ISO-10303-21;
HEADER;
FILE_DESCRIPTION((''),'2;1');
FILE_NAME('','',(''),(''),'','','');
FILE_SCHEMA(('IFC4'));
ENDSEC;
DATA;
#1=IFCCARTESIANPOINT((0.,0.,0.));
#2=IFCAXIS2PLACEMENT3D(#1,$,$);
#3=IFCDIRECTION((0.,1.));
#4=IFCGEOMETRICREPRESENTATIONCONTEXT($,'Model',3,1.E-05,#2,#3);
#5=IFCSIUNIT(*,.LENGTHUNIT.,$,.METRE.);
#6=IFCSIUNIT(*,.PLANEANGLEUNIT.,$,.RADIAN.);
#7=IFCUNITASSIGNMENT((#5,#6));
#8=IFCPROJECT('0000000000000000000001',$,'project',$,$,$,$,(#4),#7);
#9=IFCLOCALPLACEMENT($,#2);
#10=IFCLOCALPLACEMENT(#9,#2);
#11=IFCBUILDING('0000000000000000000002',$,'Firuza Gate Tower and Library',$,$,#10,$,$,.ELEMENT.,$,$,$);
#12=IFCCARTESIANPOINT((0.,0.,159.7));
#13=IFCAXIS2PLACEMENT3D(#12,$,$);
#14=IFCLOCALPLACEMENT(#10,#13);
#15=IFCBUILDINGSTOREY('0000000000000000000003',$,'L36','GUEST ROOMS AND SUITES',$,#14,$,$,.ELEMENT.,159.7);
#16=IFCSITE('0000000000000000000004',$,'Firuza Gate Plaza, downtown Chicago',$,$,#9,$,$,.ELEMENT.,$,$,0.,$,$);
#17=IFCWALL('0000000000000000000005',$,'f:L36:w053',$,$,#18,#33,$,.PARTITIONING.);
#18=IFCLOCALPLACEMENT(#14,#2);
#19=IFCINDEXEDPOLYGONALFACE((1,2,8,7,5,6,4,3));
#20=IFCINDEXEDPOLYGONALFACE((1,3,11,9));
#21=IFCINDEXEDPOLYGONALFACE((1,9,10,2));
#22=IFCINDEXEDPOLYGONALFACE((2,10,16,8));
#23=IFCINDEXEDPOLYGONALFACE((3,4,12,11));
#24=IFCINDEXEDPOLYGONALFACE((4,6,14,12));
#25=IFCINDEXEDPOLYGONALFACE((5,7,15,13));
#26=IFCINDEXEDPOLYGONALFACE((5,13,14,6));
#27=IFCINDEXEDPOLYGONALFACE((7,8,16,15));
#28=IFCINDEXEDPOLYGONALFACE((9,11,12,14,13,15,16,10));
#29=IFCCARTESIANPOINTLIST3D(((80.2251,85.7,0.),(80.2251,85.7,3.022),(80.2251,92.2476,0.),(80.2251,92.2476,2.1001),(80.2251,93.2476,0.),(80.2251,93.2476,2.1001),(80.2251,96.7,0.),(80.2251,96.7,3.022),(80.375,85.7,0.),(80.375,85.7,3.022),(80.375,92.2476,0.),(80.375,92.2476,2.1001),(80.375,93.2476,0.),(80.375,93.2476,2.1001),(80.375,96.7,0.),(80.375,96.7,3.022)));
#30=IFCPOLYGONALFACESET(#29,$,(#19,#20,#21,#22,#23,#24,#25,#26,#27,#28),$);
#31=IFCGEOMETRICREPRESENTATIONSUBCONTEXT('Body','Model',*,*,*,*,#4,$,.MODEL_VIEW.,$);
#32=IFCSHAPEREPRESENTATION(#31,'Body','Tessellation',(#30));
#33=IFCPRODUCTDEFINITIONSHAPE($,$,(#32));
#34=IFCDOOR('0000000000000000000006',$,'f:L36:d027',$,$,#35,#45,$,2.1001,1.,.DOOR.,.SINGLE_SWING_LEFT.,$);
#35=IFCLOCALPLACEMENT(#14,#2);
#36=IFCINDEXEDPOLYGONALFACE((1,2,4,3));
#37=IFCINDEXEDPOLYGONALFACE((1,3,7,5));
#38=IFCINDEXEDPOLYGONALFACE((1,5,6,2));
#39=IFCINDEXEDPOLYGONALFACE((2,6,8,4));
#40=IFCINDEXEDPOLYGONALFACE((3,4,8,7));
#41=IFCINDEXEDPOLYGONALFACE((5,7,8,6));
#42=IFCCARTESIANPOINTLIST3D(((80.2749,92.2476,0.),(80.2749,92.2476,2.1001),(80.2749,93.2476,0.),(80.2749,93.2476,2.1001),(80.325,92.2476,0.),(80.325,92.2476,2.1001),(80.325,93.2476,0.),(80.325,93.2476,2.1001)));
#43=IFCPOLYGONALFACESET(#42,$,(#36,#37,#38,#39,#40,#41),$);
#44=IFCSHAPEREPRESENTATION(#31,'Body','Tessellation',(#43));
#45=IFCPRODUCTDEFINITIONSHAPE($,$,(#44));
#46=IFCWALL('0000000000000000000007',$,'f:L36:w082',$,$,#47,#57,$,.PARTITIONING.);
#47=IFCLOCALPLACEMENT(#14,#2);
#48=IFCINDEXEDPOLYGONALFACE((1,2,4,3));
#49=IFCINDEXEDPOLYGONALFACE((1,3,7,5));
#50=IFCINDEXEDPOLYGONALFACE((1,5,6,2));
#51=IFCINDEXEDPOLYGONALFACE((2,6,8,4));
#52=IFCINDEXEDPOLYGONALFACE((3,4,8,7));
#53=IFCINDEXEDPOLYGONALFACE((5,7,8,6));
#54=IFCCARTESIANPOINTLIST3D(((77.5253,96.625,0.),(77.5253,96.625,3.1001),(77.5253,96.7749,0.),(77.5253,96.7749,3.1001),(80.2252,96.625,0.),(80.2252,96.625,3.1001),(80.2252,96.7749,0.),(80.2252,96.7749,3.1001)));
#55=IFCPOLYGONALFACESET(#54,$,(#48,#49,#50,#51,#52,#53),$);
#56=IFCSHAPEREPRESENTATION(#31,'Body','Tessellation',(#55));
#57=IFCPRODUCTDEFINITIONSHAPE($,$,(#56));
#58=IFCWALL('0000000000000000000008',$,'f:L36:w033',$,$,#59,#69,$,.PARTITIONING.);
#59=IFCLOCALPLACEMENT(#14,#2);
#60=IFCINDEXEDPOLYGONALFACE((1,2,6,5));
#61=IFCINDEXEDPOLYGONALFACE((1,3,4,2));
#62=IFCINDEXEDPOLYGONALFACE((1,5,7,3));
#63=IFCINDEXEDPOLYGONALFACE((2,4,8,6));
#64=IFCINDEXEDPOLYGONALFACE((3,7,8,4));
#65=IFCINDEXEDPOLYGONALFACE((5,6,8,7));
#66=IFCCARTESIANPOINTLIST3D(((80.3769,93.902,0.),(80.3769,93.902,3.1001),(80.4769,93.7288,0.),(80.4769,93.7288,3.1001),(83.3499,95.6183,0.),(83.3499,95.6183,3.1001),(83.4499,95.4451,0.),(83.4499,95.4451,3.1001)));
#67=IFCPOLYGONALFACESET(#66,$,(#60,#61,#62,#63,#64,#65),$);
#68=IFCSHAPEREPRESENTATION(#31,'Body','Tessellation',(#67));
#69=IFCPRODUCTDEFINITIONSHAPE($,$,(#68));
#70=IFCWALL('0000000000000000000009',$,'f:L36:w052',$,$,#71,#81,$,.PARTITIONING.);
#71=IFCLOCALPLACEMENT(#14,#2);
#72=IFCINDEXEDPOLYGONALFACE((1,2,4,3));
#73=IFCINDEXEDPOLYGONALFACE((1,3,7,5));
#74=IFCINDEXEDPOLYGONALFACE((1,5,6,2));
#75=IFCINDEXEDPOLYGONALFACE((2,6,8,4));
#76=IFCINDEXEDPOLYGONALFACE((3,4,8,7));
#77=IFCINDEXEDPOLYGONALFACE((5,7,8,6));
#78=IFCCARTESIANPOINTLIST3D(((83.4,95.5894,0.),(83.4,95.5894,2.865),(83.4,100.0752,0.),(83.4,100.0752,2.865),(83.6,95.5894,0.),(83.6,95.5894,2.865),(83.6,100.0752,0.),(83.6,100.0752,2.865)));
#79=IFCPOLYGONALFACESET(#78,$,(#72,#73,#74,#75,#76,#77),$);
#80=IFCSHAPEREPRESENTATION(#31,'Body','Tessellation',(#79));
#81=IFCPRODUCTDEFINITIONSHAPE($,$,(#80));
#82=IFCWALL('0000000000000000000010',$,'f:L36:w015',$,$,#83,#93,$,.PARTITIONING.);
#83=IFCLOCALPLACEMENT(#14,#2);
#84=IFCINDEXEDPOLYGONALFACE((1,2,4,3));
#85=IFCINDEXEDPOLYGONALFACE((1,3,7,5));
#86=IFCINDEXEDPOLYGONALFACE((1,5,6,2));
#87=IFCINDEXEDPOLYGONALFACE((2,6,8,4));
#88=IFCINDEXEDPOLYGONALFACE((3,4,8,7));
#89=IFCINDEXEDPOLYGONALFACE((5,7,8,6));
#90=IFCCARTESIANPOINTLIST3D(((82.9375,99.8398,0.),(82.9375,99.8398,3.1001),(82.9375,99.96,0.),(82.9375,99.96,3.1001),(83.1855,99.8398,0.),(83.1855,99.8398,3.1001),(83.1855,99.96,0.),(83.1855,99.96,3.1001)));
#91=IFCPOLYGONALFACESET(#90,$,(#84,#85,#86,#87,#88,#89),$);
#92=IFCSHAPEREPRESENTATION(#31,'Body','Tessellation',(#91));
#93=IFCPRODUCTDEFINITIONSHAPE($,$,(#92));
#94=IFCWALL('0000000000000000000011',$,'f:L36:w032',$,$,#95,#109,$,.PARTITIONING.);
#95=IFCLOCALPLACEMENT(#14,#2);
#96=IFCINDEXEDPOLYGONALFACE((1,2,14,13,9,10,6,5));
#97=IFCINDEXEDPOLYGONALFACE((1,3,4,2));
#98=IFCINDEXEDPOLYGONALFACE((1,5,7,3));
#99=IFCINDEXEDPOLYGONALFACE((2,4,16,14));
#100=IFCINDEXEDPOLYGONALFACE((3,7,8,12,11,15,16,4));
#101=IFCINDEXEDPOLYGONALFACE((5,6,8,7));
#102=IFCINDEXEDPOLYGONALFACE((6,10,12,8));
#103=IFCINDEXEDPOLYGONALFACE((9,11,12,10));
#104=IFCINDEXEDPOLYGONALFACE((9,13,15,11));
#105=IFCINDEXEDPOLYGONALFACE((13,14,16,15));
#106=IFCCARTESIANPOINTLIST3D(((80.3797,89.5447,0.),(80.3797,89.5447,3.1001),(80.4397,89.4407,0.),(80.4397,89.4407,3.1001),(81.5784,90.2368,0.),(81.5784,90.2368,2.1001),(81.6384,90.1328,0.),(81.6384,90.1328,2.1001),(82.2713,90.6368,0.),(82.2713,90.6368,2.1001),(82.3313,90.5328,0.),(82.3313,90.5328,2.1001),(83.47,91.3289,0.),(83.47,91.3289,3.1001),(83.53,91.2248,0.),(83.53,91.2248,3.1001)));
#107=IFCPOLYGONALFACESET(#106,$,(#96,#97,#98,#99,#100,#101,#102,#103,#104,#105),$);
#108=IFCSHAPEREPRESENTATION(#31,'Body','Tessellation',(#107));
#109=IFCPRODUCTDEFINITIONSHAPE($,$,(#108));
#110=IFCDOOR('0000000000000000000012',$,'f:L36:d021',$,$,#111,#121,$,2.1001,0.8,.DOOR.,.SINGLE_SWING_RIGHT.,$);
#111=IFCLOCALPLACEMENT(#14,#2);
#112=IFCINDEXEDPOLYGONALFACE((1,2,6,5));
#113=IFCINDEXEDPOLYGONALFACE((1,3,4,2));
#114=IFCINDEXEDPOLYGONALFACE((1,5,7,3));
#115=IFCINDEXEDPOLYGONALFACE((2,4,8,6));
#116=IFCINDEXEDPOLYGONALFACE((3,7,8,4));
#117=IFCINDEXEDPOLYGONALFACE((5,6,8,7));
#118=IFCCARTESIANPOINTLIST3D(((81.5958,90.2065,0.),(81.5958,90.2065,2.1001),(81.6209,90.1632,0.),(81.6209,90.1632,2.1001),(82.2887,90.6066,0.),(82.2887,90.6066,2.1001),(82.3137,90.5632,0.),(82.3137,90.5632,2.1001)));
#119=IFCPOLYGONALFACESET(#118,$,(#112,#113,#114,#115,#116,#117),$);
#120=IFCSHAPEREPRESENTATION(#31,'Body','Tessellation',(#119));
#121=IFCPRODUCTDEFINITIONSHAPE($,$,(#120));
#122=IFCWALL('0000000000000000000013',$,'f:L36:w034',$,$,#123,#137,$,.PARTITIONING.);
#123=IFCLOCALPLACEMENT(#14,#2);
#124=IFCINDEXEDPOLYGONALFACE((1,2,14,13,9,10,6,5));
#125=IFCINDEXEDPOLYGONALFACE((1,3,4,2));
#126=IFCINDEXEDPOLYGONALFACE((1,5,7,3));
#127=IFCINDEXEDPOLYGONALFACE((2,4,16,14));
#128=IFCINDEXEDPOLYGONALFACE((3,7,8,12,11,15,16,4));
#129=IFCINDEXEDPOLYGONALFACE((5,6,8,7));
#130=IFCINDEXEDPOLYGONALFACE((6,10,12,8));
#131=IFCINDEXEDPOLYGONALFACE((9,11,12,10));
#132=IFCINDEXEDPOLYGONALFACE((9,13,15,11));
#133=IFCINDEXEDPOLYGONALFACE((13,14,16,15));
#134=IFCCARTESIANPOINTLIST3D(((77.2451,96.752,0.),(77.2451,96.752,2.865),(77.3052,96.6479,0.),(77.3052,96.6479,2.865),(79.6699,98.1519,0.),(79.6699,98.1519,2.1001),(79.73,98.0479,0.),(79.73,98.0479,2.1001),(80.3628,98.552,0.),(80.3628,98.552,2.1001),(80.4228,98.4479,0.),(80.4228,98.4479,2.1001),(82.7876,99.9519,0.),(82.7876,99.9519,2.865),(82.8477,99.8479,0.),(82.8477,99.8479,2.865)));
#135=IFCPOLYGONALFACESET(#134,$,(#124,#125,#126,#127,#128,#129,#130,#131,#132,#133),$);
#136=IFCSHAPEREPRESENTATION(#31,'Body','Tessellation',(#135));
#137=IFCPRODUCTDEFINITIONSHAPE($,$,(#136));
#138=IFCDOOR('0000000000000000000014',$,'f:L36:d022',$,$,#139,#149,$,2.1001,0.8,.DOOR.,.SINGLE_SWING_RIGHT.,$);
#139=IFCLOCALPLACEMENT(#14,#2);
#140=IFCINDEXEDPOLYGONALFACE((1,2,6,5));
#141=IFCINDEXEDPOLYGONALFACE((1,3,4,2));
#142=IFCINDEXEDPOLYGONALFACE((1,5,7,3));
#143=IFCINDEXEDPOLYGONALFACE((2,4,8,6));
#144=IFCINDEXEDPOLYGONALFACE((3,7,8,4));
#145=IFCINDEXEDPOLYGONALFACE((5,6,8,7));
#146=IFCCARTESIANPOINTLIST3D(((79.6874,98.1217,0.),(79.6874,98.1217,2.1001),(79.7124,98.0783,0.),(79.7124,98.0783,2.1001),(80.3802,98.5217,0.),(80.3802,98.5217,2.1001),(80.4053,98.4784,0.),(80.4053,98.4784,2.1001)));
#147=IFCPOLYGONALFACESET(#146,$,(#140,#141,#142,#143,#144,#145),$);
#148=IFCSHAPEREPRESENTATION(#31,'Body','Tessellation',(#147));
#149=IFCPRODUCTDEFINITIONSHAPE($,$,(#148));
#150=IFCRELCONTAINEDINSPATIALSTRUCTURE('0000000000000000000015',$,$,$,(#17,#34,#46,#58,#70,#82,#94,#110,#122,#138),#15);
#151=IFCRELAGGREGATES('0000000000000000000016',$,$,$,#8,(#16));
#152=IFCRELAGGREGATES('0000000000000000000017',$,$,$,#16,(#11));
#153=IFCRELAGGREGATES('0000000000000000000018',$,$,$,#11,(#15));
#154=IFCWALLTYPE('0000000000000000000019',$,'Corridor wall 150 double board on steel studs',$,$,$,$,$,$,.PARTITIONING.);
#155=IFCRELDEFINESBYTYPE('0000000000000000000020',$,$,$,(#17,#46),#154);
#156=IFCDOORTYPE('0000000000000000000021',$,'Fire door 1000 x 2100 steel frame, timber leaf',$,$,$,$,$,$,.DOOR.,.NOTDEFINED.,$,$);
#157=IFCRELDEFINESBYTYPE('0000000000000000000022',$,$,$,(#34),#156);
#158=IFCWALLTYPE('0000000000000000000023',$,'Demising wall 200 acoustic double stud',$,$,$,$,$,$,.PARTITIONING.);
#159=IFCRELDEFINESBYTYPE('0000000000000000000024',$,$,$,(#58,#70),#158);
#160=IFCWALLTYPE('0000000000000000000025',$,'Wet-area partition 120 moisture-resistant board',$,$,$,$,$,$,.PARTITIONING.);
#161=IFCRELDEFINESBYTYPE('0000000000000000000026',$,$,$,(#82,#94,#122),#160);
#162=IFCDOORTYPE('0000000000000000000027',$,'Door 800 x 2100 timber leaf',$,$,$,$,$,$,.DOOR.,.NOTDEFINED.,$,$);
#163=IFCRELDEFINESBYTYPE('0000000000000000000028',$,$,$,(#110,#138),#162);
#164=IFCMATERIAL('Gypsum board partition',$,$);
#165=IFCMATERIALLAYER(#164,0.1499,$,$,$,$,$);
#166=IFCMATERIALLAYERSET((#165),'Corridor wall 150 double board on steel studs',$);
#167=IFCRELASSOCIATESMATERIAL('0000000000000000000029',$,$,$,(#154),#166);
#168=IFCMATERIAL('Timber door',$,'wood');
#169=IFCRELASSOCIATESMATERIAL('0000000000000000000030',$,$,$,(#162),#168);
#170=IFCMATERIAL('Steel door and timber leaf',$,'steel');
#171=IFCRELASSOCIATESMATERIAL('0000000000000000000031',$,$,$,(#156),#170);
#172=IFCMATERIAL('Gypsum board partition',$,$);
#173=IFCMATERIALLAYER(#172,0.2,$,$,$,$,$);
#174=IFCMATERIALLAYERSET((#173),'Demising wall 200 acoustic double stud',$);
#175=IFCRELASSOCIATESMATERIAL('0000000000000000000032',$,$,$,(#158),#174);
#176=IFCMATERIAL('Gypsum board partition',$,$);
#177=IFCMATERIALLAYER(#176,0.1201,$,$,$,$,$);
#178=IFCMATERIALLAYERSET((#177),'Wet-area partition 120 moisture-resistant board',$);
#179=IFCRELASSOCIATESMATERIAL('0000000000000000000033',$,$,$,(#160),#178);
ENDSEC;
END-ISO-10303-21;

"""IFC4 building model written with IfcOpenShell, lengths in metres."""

from ifc_helpers import new_model, si_unit, direction, frame, frame_2d, origin, place, context, subcontext, project, spatial, rectangle, extrude, material, layer, layer_set, type_object, element, fill, save


model = new_model("IFC4")

# Units and contexts
model_context = context("Model", 3, precision=1e-05, world=origin(), true_north=direction((0.0, 1.0)))
body_context = subcontext(model_context, "Body", "Model", "MODEL_VIEW")
ifc_project = project(units=[si_unit("LENGTHUNIT", "METRE"), si_unit("PLANEANGLEUNIT", "RADIAN")], contexts=[model_context])

# Site, building, storey
site_placement = place(None, origin())
site = spatial("IfcSite", under=ifc_project, at=site_placement, Name="Firuza Gate Plaza, downtown Chicago", CompositionType="ELEMENT", RefElevation=0.0)
building_placement = place(site_placement, origin())
building = spatial("IfcBuilding", under=site, at=building_placement, Name="Firuza Gate Tower and Library", CompositionType="ELEMENT")
storey_placement = place(building_placement, frame((0.0, 0.0, 159.7)))
storey = spatial("IfcBuildingStorey", under=building, at=storey_placement, Name="L36", Description="GUEST ROOMS AND SUITES", CompositionType="ELEMENT", Elevation=159.7)

# Wall, opening, door
ifc_material_1 = material(Name="Gypsum board partition")
ifc_layer_1 = layer(ifc_material_1, 0.1499)
ifc_layer_set_1 = layer_set([ifc_layer_1], Name="Corridor wall 150 double board on steel studs")
wall_type_1 = type_object("IfcWallType", Name="Corridor wall 150 double board on steel studs", PredefinedType="PARTITIONING", material=ifc_layer_set_1)
ifc_material_2 = material(Name="Timber door", Category="wood")
door_type_1 = type_object("IfcDoorType", Name="Door 800 x 2100 timber leaf", OperationType="NOTDEFINED", PredefinedType="DOOR", material=ifc_material_2)
wall_1_placement = place(storey_placement, frame((80.3, 96.7, 0.0), z_axis=(0.0, 0.0, 1.0), x_axis=(0.0, -1.0, 0.0)))
wall_1 = element("IfcWall", 1, at=wall_1_placement, inside=storey, type_object=wall_type_1, Name="f:L36:w053", PredefinedType="PARTITIONING", context=body_context, shape_type="SweptSolid", body=[
    extrude(rectangle(XDim=11.0, YDim=0.1499, at=frame_2d((5.5, 0.0))), origin(), (0.0, 0.0, 1.0), 3.022),
])
opening_1_placement = place(wall_1_placement, frame((3.4524, 0.0, 0.0)))
opening_1 = element("IfcOpeningElement", 2, at=opening_1_placement, cuts=wall_1, PredefinedType="OPENING", context=body_context, shape_type="SweptSolid", body=[
    extrude(rectangle(XDim=1.0, YDim=2.1001, at=frame_2d((0.5, 1.05))), frame((0.0, 0.085, 0.0), z_axis=(0.0, -1.0, 0.0), x_axis=(1.0, 0.0, 0.0)), (0.0, 0.0, 1.0), 0.1699),
])
ifc_material_3 = material(Name="Steel door and timber leaf", Category="steel")
door_type_2 = type_object("IfcDoorType", Name="Fire door 1000 x 2100 steel frame, timber leaf", OperationType="NOTDEFINED", PredefinedType="DOOR", material=ifc_material_3)
door_1_placement = place(opening_1_placement, origin())
door_1 = element("IfcDoor", 3, at=door_1_placement, inside=storey, type_object=door_type_2, Name="f:L36:d027", OperationType="SINGLE_SWING_LEFT", OverallHeight=2.1001, OverallWidth=1.0, PredefinedType="DOOR", context=body_context, shape_type="SweptSolid", body=[
    extrude(rectangle(XDim=1.0, YDim=2.1001, at=frame_2d((0.5, 1.05))), frame((0.0, 0.0249, 0.0), z_axis=(0.0, -1.0, 0.0), x_axis=(1.0, 0.0, 0.0)), (0.0, 0.0, 1.0), 0.05),
])
fill(opening_1, door_1)

# Walls
wall_2_placement = place(storey_placement, frame((77.5251, 96.7, 0.0), z_axis=(0.0, 0.0, 1.0), x_axis=(1.0, 0.0, 0.0)))
element("IfcWall", 4, at=wall_2_placement, inside=storey, type_object=wall_type_1, Name="f:L36:w082", PredefinedType="PARTITIONING", context=body_context, shape_type="SweptSolid", body=[
    extrude(rectangle(XDim=2.7, YDim=0.1499, at=frame_2d((1.3501, 0.0))), origin(), (0.0, 0.0, 1.0), 3.1001),
])
ifc_material_4 = material(Name="Gypsum board partition")
ifc_layer_2 = layer(ifc_material_4, 0.2)
ifc_layer_set_2 = layer_set([ifc_layer_2], Name="Demising wall 200 acoustic double stud")
wall_type_2 = type_object("IfcWallType", Name="Demising wall 200 acoustic double stud", PredefinedType="PARTITIONING", material=ifc_layer_set_2)
wall_3_placement = place(storey_placement, frame((80.427, 93.8154, 0.0), z_axis=(0.0, 0.0, 1.0), x_axis=(0.866038, 0.499979, 0.0)))
element("IfcWall", 5, at=wall_3_placement, inside=storey, type_object=wall_type_2, Name="f:L36:w033", PredefinedType="PARTITIONING", context=body_context, shape_type="SweptSolid", body=[
    extrude(rectangle(XDim=3.4329, YDim=0.2, at=frame_2d((1.7163, 0.0))), origin(), (0.0, 0.0, 1.0), 3.1001),
])
wall_4_placement = place(storey_placement, frame((83.5, 95.5894, 0.0), z_axis=(0.0, 0.0, 1.0), x_axis=(0.0, 1.0, 0.0)))
element("IfcWall", 6, at=wall_4_placement, inside=storey, type_object=wall_type_2, Name="f:L36:w052", PredefinedType="PARTITIONING", context=body_context, shape_type="SweptSolid", body=[
    extrude(rectangle(XDim=4.4858, YDim=0.2, at=frame_2d((2.2429, 0.0))), origin(), (0.0, 0.0, 1.0), 2.865),
])
ifc_material_5 = material(Name="Gypsum board partition")
ifc_layer_3 = layer(ifc_material_5, 0.1201)
ifc_layer_set_3 = layer_set([ifc_layer_3], Name="Wet-area partition 120 moisture-resistant board")
wall_type_3 = type_object("IfcWallType", Name="Wet-area partition 120 moisture-resistant board", PredefinedType="PARTITIONING", material=ifc_layer_set_3)
wall_5_placement = place(storey_placement, frame((82.9375, 99.8999, 0.0), z_axis=(0.0, 0.0, 1.0), x_axis=(1.0, 0.0, 0.0)))
element("IfcWall", 7, at=wall_5_placement, inside=storey, type_object=wall_type_3, Name="f:L36:w015", PredefinedType="PARTITIONING", context=body_context, shape_type="SweptSolid", body=[
    extrude(rectangle(XDim=0.248, YDim=0.1201, at=frame_2d((0.124, 0.0))), origin(), (0.0, 0.0, 1.0), 3.1001),
])

# Walls, openings, doors
wall_6_placement = place(storey_placement, frame((83.5, 91.2769, 0.0), z_axis=(0.0, 0.0, 1.0), x_axis=(-0.866028, -0.499995, 0.0)))
wall_6 = element("IfcWall", 8, at=wall_6_placement, inside=storey, type_object=wall_type_3, Name="f:L36:w032", PredefinedType="PARTITIONING", context=body_context, shape_type="SweptSolid", body=[
    extrude(rectangle(XDim=3.5684, YDim=0.1201, at=frame_2d((1.7842, 0.0))), origin(), (0.0, 0.0, 1.0), 3.1001),
])
opening_2_placement = place(wall_6_placement, frame((1.3843, 0.0, 0.0)))
opening_2 = element("IfcOpeningElement", 9, at=opening_2_placement, cuts=wall_6, PredefinedType="OPENING", context=body_context, shape_type="SweptSolid", body=[
    extrude(rectangle(XDim=0.8, YDim=2.1001, at=frame_2d((0.3999, 1.05))), frame((0.0, 0.0701, 0.0), z_axis=(0.0, -1.0, 0.0), x_axis=(1.0, 0.0, 0.0)), (0.0, 0.0, 1.0), 0.1401),
])
door_2_placement = place(opening_2_placement, origin())
door_2 = element("IfcDoor", 10, at=door_2_placement, inside=storey, type_object=door_type_1, Name="f:L36:d021", OperationType="SINGLE_SWING_RIGHT", OverallHeight=2.1001, OverallWidth=0.8, PredefinedType="DOOR", context=body_context, shape_type="SweptSolid", body=[
    extrude(rectangle(XDim=0.8, YDim=2.1001, at=frame_2d((0.3999, 1.05))), frame((0.0, 0.0249, 0.0), z_axis=(0.0, -1.0, 0.0), x_axis=(1.0, 0.0, 0.0)), (0.0, 0.0, 1.0), 0.05),
])
fill(opening_2, door_2)
wall_7_placement = place(storey_placement, frame((82.8176, 99.8999, 0.0), z_axis=(0.0, 0.0, 1.0), x_axis=(-0.866025, -0.5, 0.0)))
wall_7 = element("IfcWall", 11, at=wall_7_placement, inside=storey, type_object=wall_type_3, Name="f:L36:w034", PredefinedType="PARTITIONING", context=body_context, shape_type="SweptSolid", body=[
    extrude(rectangle(XDim=6.3999, YDim=0.1201, at=frame_2d((3.2, 0.0))), origin(), (0.0, 0.0, 1.0), 2.865),
])
opening_3_placement = place(wall_7_placement, frame((2.8, 0.0, 0.0)))
opening_3 = element("IfcOpeningElement", 12, at=opening_3_placement, cuts=wall_7, PredefinedType="OPENING", context=body_context, shape_type="SweptSolid", body=[
    extrude(rectangle(XDim=0.8, YDim=2.1001, at=frame_2d((0.3999, 1.05))), frame((0.0, 0.0701, 0.0), z_axis=(0.0, -1.0, 0.0), x_axis=(1.0, 0.0, 0.0)), (0.0, 0.0, 1.0), 0.1401),
])
door_3_placement = place(opening_3_placement, origin())
door_3 = element("IfcDoor", 13, at=door_3_placement, inside=storey, type_object=door_type_1, Name="f:L36:d022", OperationType="SINGLE_SWING_RIGHT", OverallHeight=2.1001, OverallWidth=0.8, PredefinedType="DOOR", context=body_context, shape_type="SweptSolid", body=[
    extrude(rectangle(XDim=0.8, YDim=2.1001, at=frame_2d((0.3999, 1.05))), frame((0.0, 0.0249, 0.0), z_axis=(0.0, -1.0, 0.0), x_axis=(1.0, 0.0, 0.0)), (0.0, 0.0, 1.0), 0.05),
])
fill(opening_3, door_3)

save(model, "model.ifc")
